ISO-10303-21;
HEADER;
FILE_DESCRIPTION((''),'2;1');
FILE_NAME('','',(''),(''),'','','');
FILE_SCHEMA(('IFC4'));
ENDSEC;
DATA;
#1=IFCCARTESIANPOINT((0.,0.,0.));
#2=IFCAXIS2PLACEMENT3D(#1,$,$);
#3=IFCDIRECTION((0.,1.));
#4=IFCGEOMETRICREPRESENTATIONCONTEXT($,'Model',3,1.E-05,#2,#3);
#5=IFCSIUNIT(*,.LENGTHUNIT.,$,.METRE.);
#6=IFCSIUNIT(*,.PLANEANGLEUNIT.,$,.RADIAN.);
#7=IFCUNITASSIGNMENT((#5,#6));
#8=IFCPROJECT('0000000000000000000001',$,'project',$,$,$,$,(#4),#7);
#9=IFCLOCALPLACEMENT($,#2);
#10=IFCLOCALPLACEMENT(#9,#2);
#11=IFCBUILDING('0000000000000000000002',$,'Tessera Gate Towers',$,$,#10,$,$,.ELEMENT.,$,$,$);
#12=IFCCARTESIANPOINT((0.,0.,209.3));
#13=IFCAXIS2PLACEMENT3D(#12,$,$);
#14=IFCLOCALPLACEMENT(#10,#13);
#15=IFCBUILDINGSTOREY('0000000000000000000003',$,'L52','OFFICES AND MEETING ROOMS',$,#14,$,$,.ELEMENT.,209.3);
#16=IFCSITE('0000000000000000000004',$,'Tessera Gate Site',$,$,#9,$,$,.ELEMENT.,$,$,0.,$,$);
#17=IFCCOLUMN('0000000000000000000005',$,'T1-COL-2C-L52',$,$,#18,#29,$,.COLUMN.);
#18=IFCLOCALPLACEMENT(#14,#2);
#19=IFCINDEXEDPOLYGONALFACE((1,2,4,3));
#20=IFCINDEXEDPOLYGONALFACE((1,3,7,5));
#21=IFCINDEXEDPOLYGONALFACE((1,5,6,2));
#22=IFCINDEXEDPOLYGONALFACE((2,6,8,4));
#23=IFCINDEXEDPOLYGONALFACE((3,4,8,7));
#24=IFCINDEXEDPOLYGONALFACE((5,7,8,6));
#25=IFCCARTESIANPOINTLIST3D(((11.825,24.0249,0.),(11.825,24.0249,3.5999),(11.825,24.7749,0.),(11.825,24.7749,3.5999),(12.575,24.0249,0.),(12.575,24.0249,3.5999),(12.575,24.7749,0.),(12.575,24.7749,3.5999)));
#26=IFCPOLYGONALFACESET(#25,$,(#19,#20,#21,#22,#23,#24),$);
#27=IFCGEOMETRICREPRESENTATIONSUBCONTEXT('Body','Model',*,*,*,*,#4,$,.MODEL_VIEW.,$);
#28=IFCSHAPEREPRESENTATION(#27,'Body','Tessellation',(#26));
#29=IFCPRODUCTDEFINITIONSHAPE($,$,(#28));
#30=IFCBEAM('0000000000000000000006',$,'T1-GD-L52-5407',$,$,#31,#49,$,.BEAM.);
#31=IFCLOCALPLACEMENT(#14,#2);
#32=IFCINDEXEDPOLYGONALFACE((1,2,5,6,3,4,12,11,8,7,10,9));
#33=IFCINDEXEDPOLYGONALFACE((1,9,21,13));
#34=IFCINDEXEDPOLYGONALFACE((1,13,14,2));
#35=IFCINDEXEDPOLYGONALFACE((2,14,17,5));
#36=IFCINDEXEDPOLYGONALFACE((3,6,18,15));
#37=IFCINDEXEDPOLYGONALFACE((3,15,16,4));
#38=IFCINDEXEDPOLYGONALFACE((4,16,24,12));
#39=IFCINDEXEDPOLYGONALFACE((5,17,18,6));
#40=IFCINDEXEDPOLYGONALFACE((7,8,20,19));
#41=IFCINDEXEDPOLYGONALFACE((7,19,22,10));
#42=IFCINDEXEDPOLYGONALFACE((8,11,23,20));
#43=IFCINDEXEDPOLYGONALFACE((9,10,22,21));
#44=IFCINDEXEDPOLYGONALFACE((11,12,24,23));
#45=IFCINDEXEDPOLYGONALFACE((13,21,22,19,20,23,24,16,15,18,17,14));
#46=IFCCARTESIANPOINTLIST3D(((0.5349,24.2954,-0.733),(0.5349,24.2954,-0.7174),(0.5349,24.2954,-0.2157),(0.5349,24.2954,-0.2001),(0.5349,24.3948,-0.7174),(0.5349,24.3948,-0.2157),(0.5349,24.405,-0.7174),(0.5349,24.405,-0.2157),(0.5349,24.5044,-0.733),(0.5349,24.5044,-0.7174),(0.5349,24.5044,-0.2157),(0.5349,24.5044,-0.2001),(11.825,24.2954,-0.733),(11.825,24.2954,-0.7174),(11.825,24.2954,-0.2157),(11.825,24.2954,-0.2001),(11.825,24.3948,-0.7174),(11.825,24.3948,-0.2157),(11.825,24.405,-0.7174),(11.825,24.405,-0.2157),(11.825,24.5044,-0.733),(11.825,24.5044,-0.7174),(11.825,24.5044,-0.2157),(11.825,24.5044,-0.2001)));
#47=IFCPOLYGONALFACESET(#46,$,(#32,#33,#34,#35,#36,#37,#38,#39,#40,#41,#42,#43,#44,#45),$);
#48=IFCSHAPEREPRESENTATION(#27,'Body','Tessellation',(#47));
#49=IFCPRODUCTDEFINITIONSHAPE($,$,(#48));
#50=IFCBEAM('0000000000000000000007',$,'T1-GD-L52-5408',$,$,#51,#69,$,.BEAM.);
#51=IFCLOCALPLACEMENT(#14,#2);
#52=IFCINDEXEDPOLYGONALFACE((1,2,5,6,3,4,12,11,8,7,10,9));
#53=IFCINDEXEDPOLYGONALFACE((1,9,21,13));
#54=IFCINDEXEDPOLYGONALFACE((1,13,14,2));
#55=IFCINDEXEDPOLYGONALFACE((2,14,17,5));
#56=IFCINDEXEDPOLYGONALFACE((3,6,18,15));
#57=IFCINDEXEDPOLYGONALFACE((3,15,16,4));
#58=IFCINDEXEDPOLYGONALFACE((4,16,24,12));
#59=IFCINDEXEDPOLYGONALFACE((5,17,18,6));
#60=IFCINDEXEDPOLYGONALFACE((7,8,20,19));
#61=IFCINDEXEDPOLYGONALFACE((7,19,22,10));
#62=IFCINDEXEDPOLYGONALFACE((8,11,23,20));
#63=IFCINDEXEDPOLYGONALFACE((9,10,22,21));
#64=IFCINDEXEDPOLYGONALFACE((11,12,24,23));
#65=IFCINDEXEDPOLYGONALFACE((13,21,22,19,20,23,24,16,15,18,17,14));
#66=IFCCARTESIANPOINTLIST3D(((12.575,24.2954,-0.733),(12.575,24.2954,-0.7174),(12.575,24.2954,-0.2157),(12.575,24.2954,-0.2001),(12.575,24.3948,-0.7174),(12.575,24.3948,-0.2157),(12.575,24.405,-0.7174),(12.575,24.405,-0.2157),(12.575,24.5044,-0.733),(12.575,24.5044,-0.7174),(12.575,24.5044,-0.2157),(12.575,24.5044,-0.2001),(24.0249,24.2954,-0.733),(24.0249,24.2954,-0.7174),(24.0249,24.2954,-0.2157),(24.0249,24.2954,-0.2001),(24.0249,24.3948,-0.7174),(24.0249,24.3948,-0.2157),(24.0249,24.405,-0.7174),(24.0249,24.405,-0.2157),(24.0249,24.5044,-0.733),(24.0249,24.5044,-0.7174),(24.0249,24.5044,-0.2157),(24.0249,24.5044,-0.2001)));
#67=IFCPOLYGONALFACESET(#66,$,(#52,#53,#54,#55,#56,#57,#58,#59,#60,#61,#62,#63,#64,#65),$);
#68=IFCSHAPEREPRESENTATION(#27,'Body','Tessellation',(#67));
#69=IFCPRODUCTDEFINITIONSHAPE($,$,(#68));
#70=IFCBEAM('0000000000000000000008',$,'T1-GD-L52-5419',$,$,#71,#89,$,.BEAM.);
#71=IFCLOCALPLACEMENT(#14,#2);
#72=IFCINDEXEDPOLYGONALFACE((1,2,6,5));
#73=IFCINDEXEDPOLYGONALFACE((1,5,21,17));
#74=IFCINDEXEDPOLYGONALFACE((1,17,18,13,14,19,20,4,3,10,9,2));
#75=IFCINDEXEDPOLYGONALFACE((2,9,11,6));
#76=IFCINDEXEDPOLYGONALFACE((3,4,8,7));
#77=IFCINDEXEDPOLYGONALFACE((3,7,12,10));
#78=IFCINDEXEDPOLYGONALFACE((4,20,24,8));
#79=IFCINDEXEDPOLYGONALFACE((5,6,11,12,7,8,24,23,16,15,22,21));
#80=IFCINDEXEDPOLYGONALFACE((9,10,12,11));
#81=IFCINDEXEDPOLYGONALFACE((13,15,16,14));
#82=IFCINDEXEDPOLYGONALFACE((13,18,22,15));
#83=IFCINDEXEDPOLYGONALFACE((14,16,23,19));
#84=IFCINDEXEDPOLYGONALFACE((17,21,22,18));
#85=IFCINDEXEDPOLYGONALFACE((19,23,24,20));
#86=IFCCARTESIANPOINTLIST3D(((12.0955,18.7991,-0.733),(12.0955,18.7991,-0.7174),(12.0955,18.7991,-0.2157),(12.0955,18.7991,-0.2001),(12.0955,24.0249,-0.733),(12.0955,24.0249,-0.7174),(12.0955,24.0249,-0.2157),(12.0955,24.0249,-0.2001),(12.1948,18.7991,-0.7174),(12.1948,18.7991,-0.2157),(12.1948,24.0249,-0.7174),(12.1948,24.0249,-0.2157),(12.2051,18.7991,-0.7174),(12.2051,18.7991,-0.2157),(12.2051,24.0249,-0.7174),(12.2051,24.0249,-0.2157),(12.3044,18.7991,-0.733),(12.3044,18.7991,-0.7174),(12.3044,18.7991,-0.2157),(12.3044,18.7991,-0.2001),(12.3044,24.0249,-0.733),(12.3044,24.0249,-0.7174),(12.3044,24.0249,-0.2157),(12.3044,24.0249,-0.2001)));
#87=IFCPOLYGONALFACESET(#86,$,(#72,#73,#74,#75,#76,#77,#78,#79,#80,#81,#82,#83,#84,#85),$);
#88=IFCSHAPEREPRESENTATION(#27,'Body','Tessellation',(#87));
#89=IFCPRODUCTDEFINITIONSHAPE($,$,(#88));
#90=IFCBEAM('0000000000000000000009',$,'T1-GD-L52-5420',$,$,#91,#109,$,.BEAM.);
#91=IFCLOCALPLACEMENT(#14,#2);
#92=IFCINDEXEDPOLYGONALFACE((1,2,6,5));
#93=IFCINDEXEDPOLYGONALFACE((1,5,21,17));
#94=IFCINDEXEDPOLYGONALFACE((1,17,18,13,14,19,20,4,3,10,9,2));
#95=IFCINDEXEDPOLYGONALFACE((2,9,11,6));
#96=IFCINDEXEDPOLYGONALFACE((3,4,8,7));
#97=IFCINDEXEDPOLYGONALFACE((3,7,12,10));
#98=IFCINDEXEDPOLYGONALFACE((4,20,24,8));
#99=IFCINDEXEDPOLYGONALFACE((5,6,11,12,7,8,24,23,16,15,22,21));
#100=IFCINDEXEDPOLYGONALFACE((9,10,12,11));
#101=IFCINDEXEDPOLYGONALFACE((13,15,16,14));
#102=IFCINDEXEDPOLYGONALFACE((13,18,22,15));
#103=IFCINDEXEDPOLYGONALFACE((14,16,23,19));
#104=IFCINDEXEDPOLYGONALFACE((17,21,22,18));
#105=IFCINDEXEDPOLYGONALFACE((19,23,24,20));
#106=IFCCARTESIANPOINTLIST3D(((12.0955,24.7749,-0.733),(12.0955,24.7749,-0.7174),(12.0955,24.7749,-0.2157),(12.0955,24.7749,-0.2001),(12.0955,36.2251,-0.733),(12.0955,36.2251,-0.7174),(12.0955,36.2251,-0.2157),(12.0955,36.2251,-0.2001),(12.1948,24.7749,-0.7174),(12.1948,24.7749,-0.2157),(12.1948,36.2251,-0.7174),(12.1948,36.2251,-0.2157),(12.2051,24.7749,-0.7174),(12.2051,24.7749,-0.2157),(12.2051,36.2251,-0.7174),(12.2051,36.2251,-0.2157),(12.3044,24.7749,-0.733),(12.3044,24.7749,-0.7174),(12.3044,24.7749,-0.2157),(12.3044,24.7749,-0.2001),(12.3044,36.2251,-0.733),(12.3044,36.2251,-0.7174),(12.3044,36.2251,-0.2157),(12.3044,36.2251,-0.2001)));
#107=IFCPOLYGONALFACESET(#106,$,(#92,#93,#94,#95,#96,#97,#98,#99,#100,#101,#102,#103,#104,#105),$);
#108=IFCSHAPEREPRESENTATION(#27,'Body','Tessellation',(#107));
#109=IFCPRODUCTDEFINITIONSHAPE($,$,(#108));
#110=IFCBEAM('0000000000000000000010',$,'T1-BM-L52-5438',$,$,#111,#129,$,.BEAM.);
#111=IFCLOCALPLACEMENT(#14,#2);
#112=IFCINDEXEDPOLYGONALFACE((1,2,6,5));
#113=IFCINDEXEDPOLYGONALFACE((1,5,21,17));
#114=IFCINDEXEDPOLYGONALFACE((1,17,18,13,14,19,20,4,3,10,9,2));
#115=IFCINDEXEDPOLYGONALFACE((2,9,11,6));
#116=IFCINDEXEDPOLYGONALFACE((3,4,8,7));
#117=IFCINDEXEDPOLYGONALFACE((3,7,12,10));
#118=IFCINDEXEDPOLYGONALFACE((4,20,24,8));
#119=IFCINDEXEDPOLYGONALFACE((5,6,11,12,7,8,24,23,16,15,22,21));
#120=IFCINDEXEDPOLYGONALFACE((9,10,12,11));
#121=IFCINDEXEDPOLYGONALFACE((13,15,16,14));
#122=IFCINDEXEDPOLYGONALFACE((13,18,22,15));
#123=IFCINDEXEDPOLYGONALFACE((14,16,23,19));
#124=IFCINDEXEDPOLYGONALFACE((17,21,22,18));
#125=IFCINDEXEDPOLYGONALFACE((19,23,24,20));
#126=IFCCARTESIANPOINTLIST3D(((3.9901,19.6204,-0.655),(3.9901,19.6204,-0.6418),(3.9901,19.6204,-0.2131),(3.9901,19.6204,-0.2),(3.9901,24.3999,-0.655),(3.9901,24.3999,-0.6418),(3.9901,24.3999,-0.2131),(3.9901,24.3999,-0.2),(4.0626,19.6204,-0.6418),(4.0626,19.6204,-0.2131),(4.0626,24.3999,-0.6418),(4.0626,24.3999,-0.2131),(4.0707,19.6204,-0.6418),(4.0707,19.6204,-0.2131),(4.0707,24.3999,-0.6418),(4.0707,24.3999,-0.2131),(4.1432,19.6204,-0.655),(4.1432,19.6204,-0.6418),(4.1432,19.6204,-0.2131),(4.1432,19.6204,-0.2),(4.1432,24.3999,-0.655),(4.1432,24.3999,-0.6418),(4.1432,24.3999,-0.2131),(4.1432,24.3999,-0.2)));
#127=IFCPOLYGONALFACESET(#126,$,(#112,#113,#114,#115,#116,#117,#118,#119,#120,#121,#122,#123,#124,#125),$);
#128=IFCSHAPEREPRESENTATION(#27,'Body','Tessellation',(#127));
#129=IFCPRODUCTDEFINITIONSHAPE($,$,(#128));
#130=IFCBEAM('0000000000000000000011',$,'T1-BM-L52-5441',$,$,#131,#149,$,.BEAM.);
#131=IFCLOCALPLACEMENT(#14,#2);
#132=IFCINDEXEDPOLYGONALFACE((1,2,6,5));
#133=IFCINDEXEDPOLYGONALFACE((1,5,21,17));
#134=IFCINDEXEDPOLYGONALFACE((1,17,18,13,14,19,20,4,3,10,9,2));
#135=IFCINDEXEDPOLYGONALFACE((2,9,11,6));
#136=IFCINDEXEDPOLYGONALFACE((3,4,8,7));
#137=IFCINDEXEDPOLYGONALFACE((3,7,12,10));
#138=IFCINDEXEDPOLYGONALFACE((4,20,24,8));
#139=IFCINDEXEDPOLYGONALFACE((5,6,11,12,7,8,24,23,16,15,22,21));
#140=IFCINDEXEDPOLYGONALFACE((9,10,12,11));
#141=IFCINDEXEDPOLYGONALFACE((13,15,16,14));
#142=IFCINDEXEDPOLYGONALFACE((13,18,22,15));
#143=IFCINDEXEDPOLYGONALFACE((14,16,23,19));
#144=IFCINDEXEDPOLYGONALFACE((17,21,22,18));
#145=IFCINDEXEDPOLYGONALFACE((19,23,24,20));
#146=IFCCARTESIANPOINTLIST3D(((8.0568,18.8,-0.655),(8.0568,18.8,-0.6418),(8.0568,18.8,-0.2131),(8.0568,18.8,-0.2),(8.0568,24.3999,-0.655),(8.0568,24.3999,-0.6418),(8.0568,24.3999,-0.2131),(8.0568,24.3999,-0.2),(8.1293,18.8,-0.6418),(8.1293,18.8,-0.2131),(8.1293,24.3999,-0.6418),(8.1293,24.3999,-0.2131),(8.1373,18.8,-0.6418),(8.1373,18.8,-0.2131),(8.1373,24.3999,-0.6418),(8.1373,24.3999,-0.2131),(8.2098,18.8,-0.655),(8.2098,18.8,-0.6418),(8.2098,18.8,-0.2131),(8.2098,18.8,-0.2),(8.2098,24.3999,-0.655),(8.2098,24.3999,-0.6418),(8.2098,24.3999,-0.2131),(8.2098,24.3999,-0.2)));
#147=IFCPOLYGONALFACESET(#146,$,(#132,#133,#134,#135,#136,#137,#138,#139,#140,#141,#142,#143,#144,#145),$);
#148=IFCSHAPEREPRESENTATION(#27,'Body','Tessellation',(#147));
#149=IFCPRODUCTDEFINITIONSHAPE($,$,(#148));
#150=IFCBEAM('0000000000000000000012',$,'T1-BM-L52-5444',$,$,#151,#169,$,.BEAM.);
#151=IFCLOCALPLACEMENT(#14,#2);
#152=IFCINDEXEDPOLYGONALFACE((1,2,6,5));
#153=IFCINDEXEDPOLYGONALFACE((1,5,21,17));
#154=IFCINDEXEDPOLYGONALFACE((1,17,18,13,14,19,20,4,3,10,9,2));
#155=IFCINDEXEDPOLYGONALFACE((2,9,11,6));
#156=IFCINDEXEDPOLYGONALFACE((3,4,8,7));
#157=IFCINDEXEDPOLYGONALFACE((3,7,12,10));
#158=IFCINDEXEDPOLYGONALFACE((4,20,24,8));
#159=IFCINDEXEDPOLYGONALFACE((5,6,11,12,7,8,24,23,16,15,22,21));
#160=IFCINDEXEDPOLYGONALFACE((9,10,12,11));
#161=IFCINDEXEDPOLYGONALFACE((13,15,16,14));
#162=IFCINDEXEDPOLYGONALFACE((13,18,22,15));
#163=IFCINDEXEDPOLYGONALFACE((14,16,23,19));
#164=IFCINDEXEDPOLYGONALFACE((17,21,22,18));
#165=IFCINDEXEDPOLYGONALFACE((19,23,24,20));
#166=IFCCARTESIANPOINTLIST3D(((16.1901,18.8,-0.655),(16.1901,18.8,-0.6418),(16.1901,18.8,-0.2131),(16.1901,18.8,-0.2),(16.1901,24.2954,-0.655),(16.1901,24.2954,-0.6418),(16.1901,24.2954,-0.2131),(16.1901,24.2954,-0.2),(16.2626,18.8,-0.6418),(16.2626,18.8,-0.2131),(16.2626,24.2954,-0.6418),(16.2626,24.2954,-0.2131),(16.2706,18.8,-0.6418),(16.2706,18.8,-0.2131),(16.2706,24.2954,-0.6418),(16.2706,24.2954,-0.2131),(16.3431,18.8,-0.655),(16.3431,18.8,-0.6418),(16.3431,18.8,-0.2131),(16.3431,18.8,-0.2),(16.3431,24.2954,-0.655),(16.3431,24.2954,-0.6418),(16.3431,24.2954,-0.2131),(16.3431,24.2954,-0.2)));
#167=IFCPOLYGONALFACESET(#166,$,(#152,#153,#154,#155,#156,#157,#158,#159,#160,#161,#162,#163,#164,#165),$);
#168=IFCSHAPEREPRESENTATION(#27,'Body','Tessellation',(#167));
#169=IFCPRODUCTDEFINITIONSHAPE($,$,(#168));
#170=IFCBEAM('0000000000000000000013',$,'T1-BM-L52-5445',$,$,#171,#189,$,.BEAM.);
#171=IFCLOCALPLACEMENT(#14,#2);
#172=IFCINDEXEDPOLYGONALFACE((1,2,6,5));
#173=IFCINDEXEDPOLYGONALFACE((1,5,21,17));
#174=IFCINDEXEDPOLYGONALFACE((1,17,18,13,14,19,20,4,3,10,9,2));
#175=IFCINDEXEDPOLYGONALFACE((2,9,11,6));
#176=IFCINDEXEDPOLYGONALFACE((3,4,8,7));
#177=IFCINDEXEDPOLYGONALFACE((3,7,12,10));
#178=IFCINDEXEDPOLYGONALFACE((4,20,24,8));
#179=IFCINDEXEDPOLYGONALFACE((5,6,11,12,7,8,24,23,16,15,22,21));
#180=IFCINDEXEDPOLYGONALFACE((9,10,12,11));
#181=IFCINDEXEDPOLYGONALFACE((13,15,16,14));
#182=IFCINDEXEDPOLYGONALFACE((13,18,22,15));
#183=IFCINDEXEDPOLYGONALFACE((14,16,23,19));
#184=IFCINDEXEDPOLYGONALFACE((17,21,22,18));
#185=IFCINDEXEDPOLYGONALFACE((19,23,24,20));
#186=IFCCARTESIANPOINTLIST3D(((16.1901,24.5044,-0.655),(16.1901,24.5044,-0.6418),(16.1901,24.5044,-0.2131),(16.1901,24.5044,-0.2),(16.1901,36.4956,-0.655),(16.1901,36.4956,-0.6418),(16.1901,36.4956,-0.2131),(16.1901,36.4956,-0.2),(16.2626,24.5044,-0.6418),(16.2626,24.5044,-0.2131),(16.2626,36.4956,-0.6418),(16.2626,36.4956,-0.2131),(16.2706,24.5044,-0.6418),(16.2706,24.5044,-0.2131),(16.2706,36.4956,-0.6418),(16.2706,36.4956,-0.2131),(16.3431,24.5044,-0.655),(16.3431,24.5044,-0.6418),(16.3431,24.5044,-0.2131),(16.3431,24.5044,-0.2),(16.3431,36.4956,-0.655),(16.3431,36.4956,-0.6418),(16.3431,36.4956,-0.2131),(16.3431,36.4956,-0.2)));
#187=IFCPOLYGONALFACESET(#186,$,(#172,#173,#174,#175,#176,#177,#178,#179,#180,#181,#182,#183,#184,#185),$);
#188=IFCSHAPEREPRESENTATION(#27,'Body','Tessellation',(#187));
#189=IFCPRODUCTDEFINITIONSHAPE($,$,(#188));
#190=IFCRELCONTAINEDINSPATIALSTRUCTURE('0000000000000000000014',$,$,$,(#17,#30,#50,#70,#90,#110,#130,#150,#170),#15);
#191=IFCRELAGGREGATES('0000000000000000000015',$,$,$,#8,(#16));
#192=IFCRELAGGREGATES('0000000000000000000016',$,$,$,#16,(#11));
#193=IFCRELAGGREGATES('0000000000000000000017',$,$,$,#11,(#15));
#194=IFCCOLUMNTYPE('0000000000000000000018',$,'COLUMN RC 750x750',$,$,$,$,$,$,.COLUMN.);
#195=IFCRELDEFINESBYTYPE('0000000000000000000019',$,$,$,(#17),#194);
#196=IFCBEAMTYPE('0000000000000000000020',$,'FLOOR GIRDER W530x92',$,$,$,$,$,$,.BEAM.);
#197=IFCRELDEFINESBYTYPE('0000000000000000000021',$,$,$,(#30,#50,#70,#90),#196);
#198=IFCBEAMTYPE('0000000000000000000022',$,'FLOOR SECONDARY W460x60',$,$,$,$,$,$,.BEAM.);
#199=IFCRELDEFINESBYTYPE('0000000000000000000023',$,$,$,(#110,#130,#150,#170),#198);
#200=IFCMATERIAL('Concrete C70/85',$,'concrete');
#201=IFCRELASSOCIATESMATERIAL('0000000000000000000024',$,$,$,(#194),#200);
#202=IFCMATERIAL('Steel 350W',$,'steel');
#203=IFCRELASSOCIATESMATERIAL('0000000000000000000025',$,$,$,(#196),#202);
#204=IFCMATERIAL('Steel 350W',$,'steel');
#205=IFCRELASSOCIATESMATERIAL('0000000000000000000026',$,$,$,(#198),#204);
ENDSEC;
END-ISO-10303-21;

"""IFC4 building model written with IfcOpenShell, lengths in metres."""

from ifc_helpers import new_model, si_unit, direction, frame, origin, origin_2d, place, context, subcontext, project, spatial, rectangle, i_section, extrude, material, material_profile, profile_set, type_object, element, save


model = new_model("IFC4")

# Units and contexts
model_context = context("Model", 3, precision=1e-05, world=origin(), true_north=direction((0.0, 1.0)))
body_context = subcontext(model_context, "Body", "Model", "MODEL_VIEW")
ifc_project = project(units=[si_unit("LENGTHUNIT", "METRE"), si_unit("PLANEANGLEUNIT", "RADIAN")], contexts=[model_context])

# Site, building, storey
site_placement = place(None, origin())
site = spatial("IfcSite", under=ifc_project, at=site_placement, Name="Tessera Gate Site", CompositionType="ELEMENT", RefElevation=0.0)
building_placement = place(site_placement, origin())
building = spatial("IfcBuilding", under=site, at=building_placement, Name="Tessera Gate Towers", CompositionType="ELEMENT")
storey_placement = place(building_placement, frame((0.0, 0.0, 209.3)))
storey = spatial("IfcBuildingStorey", under=building, at=storey_placement, Name="L52", Description="OFFICES AND MEETING ROOMS", CompositionType="ELEMENT", Elevation=209.3)

# Column
ifc_material_1 = material(Name="Concrete C70/85", Category="concrete")
ifc_material_profile_1 = material_profile(ifc_material_1, rectangle(XDim=0.75, YDim=0.75, at=origin_2d()), Name="RC 750x750")
ifc_profile_set_1 = profile_set([ifc_material_profile_1], Name="Concrete C70/85")
column_type = type_object("IfcColumnType", Name="COLUMN RC 750x750", PredefinedType="COLUMN", material=ifc_profile_set_1)
column_placement = place(storey_placement, frame((12.2, 24.3999, 0.0), z_axis=(0.0, 0.0, 1.0), x_axis=(1.0, 0.0, 0.0)))
element("IfcColumn", 1, at=column_placement, inside=storey, type_object=column_type, Name="T1-COL-2C-L52", PredefinedType="COLUMN", context=body_context, shape_type="SweptSolid", body=[
    extrude(rectangle(XDim=0.75, YDim=0.75, at=origin_2d()), origin(), (0.0, 0.0, 1.0), 3.5999),
])

# Beams
ifc_material_2 = material(Name="Steel 350W", Category="steel")
ifc_material_profile_2 = material_profile(ifc_material_2, i_section(OverallWidth=0.209, OverallDepth=0.533, WebThickness=0.0103, FlangeThickness=0.0156, at=origin_2d()), Name="W530x92")
ifc_profile_set_2 = profile_set([ifc_material_profile_2], Name="Steel 350W")
beam_type_1 = type_object("IfcBeamType", Name="FLOOR GIRDER W530x92", PredefinedType="BEAM", material=ifc_profile_set_2)
beam_1_placement = place(storey_placement, frame((0.5349, 24.3999, -0.4666), z_axis=(1.0, 0.0, 0.0), x_axis=(0.0, 1.0, 0.0)))
element("IfcBeam", 2, at=beam_1_placement, inside=storey, type_object=beam_type_1, Name="T1-GD-L52-5407", PredefinedType="BEAM", context=body_context, shape_type="SweptSolid", body=[
    extrude(i_section(OverallWidth=0.209, OverallDepth=0.533, WebThickness=0.0103, FlangeThickness=0.0156, at=origin_2d()), origin(), (0.0, 0.0, 1.0), 11.29),
])
beam_2_placement = place(storey_placement, frame((12.575, 24.3999, -0.4666), z_axis=(1.0, 0.0, 0.0), x_axis=(0.0, 1.0, 0.0)))
element("IfcBeam", 3, at=beam_2_placement, inside=storey, type_object=beam_type_1, Name="T1-GD-L52-5408", PredefinedType="BEAM", context=body_context, shape_type="SweptSolid", body=[
    extrude(i_section(OverallWidth=0.209, OverallDepth=0.533, WebThickness=0.0103, FlangeThickness=0.0156, at=origin_2d()), origin(), (0.0, 0.0, 1.0), 11.45),
])
beam_3_placement = place(storey_placement, frame((12.2, 18.7991, -0.4666), z_axis=(0.0, 1.0, 0.0), x_axis=(-1.0, 0.0, 0.0)))
element("IfcBeam", 4, at=beam_3_placement, inside=storey, type_object=beam_type_1, Name="T1-GD-L52-5419", PredefinedType="BEAM", context=body_context, shape_type="SweptSolid", body=[
    extrude(i_section(OverallWidth=0.209, OverallDepth=0.533, WebThickness=0.0103, FlangeThickness=0.0156, at=origin_2d()), origin(), (0.0, 0.0, 1.0), 5.2258),
])
beam_4_placement = place(storey_placement, frame((12.2, 24.7749, -0.4666), z_axis=(0.0, 1.0, 0.0), x_axis=(-1.0, 0.0, 0.0)))
element("IfcBeam", 5, at=beam_4_placement, inside=storey, type_object=beam_type_1, Name="T1-GD-L52-5420", PredefinedType="BEAM", context=body_context, shape_type="SweptSolid", body=[
    extrude(i_section(OverallWidth=0.209, OverallDepth=0.533, WebThickness=0.0103, FlangeThickness=0.0156, at=origin_2d()), origin(), (0.0, 0.0, 1.0), 11.4502),
])
ifc_material_3 = material(Name="Steel 350W", Category="steel")
ifc_material_profile_3 = material_profile(ifc_material_3, i_section(OverallWidth=0.1531, OverallDepth=0.4551, WebThickness=0.0081, FlangeThickness=0.0132, at=origin_2d()), Name="W460x60")
ifc_profile_set_3 = profile_set([ifc_material_profile_3], Name="Steel 350W")
beam_type_2 = type_object("IfcBeamType", Name="FLOOR SECONDARY W460x60", PredefinedType="BEAM", material=ifc_profile_set_3)
beam_5_placement = place(storey_placement, frame((4.0667, 19.6204, -0.4275), z_axis=(0.0, 1.0, 0.0), x_axis=(-1.0, 0.0, 0.0)))
element("IfcBeam", 6, at=beam_5_placement, inside=storey, type_object=beam_type_2, Name="T1-BM-L52-5438", PredefinedType="BEAM", context=body_context, shape_type="SweptSolid", body=[
    extrude(i_section(OverallWidth=0.1531, OverallDepth=0.4551, WebThickness=0.0081, FlangeThickness=0.0132, at=origin_2d()), origin(), (0.0, 0.0, 1.0), 4.7795),
])
beam_6_placement = place(storey_placement, frame((8.1333, 18.8, -0.4275), z_axis=(0.0, 1.0, 0.0), x_axis=(-1.0, 0.0, 0.0)))
element("IfcBeam", 7, at=beam_6_placement, inside=storey, type_object=beam_type_2, Name="T1-BM-L52-5441", PredefinedType="BEAM", context=body_context, shape_type="SweptSolid", body=[
    extrude(i_section(OverallWidth=0.1531, OverallDepth=0.4551, WebThickness=0.0081, FlangeThickness=0.0132, at=origin_2d()), origin(), (0.0, 0.0, 1.0), 5.5999),
])
beam_7_placement = place(storey_placement, frame((16.2666, 18.8, -0.4275), z_axis=(0.0, 1.0, 0.0), x_axis=(-1.0, 0.0, 0.0)))
element("IfcBeam", 8, at=beam_7_placement, inside=storey, type_object=beam_type_2, Name="T1-BM-L52-5444", PredefinedType="BEAM", context=body_context, shape_type="SweptSolid", body=[
    extrude(i_section(OverallWidth=0.1531, OverallDepth=0.4551, WebThickness=0.0081, FlangeThickness=0.0132, at=origin_2d()), origin(), (0.0, 0.0, 1.0), 5.4954),
])
beam_8_placement = place(storey_placement, frame((16.2666, 24.5044, -0.4275), z_axis=(0.0, 1.0, 0.0), x_axis=(-1.0, 0.0, 0.0)))
element("IfcBeam", 9, at=beam_8_placement, inside=storey, type_object=beam_type_2, Name="T1-BM-L52-5445", PredefinedType="BEAM", context=body_context, shape_type="SweptSolid", body=[
    extrude(i_section(OverallWidth=0.1531, OverallDepth=0.4551, WebThickness=0.0081, FlangeThickness=0.0132, at=origin_2d()), origin(), (0.0, 0.0, 1.0), 11.9912),
])

save(model, "model.ifc")
